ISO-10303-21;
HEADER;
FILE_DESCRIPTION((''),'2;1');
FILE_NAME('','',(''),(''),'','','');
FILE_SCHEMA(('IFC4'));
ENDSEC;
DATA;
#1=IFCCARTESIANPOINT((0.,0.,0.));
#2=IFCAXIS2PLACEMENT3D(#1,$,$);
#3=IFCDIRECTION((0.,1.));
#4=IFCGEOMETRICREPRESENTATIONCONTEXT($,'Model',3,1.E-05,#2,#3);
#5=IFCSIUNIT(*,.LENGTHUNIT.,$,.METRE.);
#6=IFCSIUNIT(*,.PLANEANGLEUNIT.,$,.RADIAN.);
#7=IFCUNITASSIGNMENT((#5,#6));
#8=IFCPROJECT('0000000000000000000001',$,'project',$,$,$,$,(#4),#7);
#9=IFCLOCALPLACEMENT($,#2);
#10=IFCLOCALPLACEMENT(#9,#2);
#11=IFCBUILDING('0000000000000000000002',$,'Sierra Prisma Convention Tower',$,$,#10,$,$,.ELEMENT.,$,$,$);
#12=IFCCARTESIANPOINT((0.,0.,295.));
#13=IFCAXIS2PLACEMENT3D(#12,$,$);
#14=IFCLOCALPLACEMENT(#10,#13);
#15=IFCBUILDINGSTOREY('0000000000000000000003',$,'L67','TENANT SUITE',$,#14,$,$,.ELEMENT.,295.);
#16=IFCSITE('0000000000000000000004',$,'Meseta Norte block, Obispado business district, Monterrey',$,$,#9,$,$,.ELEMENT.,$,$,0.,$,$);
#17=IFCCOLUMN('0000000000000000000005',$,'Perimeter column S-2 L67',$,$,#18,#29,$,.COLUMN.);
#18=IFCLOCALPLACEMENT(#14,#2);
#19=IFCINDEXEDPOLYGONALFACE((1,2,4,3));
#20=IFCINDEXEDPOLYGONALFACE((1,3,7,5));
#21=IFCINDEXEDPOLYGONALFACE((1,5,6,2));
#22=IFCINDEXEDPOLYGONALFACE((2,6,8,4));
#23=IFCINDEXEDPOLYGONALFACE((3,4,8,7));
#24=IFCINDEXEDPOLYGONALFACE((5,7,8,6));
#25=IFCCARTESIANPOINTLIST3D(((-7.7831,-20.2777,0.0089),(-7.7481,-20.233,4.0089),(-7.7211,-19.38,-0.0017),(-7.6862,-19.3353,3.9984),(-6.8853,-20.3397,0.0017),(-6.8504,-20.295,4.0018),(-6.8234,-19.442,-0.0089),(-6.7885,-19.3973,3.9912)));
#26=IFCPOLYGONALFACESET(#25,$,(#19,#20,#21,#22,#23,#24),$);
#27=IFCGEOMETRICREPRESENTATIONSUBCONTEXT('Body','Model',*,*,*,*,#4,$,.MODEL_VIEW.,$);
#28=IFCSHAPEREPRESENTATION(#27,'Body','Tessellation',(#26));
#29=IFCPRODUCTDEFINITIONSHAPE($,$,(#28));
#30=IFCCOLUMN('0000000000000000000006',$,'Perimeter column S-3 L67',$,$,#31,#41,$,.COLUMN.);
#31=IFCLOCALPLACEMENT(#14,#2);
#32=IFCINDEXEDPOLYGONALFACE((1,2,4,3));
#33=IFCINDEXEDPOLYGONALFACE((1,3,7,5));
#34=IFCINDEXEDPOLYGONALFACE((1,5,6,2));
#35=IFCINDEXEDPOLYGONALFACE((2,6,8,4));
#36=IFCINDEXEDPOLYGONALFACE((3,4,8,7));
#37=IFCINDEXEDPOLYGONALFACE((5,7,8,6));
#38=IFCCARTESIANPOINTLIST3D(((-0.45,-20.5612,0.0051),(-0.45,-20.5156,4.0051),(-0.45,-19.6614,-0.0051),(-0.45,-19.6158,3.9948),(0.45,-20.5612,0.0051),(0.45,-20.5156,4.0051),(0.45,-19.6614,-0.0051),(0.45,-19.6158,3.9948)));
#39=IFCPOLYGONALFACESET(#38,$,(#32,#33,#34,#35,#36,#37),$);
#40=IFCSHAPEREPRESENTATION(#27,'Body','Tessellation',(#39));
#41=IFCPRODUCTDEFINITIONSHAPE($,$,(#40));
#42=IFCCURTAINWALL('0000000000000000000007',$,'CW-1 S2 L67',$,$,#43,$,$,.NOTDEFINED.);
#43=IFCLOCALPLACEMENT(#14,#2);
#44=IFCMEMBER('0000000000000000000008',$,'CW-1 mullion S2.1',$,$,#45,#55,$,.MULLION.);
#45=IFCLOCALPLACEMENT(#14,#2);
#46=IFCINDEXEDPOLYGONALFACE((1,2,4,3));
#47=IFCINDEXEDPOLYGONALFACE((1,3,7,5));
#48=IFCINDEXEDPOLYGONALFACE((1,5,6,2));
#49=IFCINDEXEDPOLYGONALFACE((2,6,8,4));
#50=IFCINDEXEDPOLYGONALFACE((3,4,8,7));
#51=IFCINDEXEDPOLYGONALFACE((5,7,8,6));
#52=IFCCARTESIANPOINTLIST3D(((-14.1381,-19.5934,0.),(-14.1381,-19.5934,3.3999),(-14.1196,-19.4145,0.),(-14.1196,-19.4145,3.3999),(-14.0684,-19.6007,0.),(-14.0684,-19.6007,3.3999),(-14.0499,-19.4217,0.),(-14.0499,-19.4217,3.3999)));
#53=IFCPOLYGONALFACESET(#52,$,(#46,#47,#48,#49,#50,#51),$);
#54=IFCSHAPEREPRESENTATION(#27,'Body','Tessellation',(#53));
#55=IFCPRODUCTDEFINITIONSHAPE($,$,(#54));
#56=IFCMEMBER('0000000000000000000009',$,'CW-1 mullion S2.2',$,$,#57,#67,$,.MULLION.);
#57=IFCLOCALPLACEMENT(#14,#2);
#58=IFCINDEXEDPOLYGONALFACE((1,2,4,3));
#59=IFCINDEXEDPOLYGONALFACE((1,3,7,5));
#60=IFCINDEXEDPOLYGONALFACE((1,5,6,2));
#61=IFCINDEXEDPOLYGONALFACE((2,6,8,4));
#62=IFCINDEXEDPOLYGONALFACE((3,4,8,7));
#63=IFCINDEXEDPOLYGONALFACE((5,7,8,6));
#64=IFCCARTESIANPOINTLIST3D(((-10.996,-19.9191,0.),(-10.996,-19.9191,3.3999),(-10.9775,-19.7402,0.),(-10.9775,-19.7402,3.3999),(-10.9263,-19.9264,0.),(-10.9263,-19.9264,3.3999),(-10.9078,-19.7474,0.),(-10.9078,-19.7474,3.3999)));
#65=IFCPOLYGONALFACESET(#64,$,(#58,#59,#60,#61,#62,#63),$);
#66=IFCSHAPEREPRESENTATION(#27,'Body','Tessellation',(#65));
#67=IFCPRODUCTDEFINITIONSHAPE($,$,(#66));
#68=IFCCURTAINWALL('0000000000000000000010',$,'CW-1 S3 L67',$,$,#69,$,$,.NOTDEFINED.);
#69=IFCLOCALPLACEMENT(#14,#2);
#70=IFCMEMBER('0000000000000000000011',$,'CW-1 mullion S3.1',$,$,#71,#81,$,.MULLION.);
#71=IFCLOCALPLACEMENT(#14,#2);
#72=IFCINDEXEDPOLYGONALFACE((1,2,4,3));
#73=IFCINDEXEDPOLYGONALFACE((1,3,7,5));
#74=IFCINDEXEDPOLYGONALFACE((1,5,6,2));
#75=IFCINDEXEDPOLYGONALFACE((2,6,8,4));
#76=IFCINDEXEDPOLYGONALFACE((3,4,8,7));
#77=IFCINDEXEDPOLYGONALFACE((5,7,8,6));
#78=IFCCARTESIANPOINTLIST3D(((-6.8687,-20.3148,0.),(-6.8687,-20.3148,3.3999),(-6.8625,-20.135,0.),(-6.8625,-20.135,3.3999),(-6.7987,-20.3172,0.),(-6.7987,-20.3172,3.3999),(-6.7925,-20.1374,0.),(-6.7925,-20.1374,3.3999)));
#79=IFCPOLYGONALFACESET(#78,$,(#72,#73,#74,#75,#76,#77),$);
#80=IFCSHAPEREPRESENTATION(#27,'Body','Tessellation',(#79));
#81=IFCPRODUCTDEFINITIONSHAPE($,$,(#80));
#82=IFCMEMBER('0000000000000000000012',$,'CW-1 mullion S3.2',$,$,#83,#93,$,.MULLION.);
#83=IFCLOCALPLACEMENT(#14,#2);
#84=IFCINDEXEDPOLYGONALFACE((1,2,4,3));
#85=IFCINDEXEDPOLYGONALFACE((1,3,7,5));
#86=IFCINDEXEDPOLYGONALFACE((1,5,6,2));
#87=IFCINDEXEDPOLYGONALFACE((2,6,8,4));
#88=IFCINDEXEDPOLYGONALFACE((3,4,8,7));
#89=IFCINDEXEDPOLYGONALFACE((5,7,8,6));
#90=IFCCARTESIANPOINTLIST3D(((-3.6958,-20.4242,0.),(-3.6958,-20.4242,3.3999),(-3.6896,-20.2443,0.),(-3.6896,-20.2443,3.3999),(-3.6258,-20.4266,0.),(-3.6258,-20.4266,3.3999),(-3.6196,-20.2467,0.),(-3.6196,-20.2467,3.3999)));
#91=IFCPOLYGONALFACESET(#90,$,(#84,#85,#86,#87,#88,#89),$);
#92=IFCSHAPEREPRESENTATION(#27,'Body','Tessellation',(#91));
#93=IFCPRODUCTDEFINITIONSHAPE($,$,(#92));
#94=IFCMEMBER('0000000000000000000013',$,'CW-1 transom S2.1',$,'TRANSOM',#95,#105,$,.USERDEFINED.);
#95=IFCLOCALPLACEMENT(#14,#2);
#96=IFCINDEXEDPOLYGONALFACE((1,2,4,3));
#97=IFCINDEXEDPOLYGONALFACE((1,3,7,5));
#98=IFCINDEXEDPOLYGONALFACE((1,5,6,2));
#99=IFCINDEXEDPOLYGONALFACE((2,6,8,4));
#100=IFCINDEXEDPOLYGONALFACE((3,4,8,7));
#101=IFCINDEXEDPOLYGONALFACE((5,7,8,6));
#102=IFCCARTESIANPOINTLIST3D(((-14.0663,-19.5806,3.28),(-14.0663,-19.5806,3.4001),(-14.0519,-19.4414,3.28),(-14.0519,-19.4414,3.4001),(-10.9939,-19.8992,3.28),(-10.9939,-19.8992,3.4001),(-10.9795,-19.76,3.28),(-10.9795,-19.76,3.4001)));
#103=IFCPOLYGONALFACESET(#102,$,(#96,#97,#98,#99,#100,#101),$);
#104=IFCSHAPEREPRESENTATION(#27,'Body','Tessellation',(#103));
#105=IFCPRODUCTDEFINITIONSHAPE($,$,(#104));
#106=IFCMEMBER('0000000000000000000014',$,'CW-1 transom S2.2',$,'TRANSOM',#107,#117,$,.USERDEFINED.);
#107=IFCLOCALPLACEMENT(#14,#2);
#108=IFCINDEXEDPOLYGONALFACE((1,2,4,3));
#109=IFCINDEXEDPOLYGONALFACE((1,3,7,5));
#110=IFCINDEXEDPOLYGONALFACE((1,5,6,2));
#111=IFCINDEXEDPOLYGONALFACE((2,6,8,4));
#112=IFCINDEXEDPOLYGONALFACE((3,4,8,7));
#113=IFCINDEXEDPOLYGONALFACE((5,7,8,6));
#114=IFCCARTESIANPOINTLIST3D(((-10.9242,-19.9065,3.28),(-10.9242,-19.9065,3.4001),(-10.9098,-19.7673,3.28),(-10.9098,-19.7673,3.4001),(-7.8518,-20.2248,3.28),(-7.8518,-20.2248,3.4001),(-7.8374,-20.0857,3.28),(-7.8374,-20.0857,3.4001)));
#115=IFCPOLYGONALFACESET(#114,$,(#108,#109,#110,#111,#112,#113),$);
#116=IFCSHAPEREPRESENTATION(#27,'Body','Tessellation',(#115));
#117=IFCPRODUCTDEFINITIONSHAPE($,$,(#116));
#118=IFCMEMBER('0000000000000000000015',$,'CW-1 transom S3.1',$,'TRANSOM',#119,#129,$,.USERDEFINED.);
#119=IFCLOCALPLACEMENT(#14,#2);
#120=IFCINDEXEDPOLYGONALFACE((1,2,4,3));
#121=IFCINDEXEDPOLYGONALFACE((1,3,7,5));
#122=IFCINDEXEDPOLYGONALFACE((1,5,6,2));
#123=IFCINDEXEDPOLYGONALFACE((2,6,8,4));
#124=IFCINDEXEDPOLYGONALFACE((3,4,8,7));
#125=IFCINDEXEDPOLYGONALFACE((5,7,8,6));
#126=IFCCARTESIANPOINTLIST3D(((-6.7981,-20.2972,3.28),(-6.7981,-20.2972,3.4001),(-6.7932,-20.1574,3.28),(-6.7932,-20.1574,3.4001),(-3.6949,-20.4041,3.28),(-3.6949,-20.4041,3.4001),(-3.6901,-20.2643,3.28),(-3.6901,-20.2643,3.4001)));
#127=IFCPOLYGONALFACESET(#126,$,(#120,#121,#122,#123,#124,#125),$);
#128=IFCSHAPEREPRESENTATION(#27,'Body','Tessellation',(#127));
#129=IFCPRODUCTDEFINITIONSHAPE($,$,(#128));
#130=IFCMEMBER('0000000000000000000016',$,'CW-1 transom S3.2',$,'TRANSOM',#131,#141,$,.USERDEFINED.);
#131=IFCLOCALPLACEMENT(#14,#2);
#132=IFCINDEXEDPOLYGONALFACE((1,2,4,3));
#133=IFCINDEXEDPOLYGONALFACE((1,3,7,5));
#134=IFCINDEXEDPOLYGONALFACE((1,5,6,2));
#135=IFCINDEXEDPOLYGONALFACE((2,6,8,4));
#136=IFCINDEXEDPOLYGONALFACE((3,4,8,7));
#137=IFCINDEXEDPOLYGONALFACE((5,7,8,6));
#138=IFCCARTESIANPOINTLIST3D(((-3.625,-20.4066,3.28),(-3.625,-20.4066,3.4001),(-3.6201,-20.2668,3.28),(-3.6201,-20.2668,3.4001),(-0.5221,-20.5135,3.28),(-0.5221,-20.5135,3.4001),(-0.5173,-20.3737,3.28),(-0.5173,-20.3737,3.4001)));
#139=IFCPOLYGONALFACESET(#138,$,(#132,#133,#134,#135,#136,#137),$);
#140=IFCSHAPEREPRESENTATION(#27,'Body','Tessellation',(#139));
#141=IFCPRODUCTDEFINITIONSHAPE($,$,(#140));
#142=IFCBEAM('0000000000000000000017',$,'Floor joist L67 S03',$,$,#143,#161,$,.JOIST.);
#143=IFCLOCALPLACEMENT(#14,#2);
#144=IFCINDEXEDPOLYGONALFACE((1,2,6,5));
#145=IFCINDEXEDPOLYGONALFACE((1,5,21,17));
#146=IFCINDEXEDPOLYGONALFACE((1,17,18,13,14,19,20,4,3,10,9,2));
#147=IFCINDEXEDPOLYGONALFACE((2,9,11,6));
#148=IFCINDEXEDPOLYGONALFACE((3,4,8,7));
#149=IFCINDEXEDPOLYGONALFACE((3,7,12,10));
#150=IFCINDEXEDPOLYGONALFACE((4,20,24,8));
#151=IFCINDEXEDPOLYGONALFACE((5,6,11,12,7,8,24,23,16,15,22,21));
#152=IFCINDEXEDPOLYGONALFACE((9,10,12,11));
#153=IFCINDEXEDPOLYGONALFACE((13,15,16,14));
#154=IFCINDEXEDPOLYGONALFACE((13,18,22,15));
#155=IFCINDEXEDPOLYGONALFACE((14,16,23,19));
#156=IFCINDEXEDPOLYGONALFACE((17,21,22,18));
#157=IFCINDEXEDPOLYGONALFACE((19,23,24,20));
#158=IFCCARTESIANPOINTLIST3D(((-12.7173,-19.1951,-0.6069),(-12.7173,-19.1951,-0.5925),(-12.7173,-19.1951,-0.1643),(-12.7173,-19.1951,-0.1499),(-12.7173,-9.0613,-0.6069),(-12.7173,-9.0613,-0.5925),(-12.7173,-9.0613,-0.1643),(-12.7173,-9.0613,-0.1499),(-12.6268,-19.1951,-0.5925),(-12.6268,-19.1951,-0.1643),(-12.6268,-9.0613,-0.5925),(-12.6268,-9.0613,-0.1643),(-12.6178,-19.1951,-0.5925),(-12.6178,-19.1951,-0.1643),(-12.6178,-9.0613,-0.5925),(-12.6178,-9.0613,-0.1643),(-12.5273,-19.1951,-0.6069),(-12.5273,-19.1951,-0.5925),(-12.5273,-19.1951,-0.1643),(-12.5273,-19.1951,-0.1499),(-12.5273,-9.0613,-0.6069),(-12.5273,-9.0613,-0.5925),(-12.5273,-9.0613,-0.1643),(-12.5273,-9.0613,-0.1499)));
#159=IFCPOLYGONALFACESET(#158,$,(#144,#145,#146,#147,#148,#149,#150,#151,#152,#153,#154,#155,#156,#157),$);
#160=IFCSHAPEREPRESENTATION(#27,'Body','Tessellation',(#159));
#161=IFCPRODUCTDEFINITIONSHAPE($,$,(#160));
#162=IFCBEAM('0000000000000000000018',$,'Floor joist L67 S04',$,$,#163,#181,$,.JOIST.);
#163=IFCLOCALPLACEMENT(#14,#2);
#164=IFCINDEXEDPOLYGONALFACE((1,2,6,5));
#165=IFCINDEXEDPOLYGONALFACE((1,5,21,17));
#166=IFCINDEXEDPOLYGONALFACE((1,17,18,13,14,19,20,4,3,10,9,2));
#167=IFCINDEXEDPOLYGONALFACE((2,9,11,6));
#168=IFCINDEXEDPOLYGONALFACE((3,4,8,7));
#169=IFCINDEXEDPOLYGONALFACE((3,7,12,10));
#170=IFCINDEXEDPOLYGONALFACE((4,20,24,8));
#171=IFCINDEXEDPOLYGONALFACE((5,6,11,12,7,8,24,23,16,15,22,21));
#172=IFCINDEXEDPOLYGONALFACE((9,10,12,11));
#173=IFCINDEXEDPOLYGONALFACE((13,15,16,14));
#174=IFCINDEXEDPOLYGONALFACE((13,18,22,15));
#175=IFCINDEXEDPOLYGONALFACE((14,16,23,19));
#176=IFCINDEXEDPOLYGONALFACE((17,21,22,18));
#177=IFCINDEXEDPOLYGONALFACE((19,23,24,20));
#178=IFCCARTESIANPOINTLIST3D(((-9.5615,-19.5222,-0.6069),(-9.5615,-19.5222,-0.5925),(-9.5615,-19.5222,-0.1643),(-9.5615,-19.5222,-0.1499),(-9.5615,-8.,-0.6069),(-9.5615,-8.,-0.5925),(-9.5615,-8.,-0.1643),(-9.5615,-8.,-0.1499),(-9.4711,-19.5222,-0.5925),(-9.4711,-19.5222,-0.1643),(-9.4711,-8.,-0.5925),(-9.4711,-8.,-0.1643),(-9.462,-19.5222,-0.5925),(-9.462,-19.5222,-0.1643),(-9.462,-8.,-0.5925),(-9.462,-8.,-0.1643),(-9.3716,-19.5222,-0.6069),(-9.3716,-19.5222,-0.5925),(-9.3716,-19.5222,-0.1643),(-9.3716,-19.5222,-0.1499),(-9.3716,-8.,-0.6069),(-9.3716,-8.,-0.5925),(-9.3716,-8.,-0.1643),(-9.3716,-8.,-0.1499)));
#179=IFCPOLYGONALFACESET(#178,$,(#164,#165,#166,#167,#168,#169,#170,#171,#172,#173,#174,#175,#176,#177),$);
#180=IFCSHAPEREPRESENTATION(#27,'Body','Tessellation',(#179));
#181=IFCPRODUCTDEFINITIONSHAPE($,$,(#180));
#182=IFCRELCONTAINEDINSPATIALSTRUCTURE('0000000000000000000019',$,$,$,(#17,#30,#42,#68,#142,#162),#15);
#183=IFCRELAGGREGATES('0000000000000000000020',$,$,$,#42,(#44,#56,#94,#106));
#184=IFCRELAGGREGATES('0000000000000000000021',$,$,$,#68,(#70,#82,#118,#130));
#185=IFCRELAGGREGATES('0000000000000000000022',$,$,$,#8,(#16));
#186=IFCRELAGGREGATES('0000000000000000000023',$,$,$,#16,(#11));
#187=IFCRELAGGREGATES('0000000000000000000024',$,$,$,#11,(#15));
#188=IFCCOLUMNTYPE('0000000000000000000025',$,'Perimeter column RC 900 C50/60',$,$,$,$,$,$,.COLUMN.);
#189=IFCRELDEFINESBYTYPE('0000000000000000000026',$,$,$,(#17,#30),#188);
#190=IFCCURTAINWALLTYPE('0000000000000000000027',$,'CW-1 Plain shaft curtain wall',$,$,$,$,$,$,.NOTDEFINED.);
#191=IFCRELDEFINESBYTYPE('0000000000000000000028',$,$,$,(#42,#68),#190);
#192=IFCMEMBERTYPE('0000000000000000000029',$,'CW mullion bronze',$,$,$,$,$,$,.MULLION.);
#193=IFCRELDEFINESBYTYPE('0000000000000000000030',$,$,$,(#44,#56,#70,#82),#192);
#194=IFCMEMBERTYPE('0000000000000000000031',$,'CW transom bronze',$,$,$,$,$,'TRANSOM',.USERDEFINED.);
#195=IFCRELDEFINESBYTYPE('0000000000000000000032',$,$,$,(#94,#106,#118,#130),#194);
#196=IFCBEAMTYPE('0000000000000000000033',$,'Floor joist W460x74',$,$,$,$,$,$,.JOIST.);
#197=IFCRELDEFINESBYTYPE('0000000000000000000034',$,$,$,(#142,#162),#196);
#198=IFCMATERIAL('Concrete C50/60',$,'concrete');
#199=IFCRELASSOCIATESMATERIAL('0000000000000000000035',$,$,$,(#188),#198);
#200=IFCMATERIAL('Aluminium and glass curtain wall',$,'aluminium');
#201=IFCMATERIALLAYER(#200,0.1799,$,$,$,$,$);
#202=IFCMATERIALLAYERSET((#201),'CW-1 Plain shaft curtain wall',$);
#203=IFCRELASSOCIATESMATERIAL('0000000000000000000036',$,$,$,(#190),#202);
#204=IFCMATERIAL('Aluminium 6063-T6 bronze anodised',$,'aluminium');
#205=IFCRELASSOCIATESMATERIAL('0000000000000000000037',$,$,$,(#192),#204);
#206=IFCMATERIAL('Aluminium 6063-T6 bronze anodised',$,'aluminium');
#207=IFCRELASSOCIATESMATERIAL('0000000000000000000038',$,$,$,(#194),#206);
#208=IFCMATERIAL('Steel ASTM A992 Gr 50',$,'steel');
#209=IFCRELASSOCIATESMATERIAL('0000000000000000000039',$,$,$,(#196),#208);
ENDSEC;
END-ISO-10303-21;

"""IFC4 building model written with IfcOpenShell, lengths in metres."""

from ifc_helpers import new_model, si_unit, direction, frame, origin, origin_2d, place, context, subcontext, project, spatial, rectangle, i_section, extrude, material, layer, layer_set, material_profile, profile_set, type_object, element, aggregate, save


model = new_model("IFC4")

# Units and contexts
model_context = context("Model", 3, precision=1e-05, world=origin(), true_north=direction((0.0, 1.0)))
body_context = subcontext(model_context, "Body", "Model", "MODEL_VIEW")
ifc_project = project(units=[si_unit("LENGTHUNIT", "METRE"), si_unit("PLANEANGLEUNIT", "RADIAN")], contexts=[model_context])

# Site, building, storey
site_placement = place(None, origin())
site = spatial("IfcSite", under=ifc_project, at=site_placement, Name="Meseta Norte block, Obispado business district, Monterrey", CompositionType="ELEMENT", RefElevation=0.0)
building_placement = place(site_placement, origin())
building = spatial("IfcBuilding", under=site, at=building_placement, Name="Sierra Prisma Convention Tower", CompositionType="ELEMENT")
storey_placement = place(building_placement, frame((0.0, 0.0, 295.0)))
storey = spatial("IfcBuildingStorey", under=building, at=storey_placement, Name="L67", Description="TENANT SUITE", CompositionType="ELEMENT", Elevation=295.0)

# Columns
ifc_material_1 = material(Name="Concrete C50/60", Category="concrete")
ifc_material_profile_1 = material_profile(ifc_material_1, rectangle(XDim=0.8999, YDim=0.8999, at=origin_2d()), Name="Perimeter column RC 900 C50/60")
ifc_profile_set_1 = profile_set([ifc_material_profile_1], Name="Concrete C50/60")
column_type = type_object("IfcColumnType", Name="Perimeter column RC 900 C50/60", PredefinedType="COLUMN", material=ifc_profile_set_1)
column_1_placement = place(storey_placement, frame((-7.3032, -19.8599, 0.0), z_axis=(0.008727, 0.011168, 0.9999), x_axis=(-0.997591, 0.068909, 0.007937)))
element("IfcColumn", 1, at=column_1_placement, inside=storey, type_object=column_type, Name="Perimeter column S-2 L67", PredefinedType="COLUMN", context=body_context, shape_type="SweptSolid", body=[
    extrude(rectangle(XDim=0.8999, YDim=0.8999, at=origin_2d()), origin(), (0.0, 0.0, 1.0), 4.0005),
])
column_2_placement = place(storey_placement, frame((0.0, -20.1113, 0.0), z_axis=(0.0, 0.011413, 0.999935), x_axis=(1.0, 0.0, 0.0)))
element("IfcColumn", 2, at=column_2_placement, inside=storey, type_object=column_type, Name="Perimeter column S-3 L67", PredefinedType="COLUMN", context=body_context, shape_type="SweptSolid", body=[
    extrude(rectangle(XDim=0.8999, YDim=0.8999, at=origin_2d()), origin(), (0.0, 0.0, 1.0), 4.0002),
])

# Curtain walls, members
ifc_material_2 = material(Name="Aluminium and glass curtain wall", Category="aluminium")
ifc_layer_1 = layer(ifc_material_2, 0.1799)
ifc_layer_set_1 = layer_set([ifc_layer_1], Name="CW-1 Plain shaft curtain wall")
curtain_wall_type = type_object("IfcCurtainWallType", Name="CW-1 Plain shaft curtain wall", PredefinedType="NOTDEFINED", material=ifc_layer_set_1)
curtain_wall_1_placement = place(storey_placement, origin())
curtain_wall_1 = element("IfcCurtainWall", 3, at=curtain_wall_1_placement, inside=storey, type_object=curtain_wall_type, Name="CW-1 S2 L67", PredefinedType="NOTDEFINED")
ifc_material_3 = material(Name="Aluminium 6063-T6 bronze anodised", Category="aluminium")
ifc_material_profile_2 = material_profile(ifc_material_3, rectangle(XDim=0.1799, YDim=0.0701, at=origin_2d()), Name="ALU MULLION 70x180")
ifc_profile_set_2 = profile_set([ifc_material_profile_2], Name="Aluminium 6063-T6 bronze anodised")
member_type_1 = type_object("IfcMemberType", Name="CW mullion bronze", PredefinedType="MULLION", material=ifc_profile_set_2)
member_1_placement = place(storey_placement, frame((-14.094, -19.5076, 0.0), z_axis=(0.0, 0.0, 1.0), x_axis=(0.103122, 0.994669, 0.0)))
member_1 = element("IfcMember", 4, at=member_1_placement, type_object=member_type_1, Name="CW-1 mullion S2.1", PredefinedType="MULLION", context=body_context, shape_type="SweptSolid", body=[
    extrude(rectangle(XDim=0.1799, YDim=0.0701, at=origin_2d()), origin(), (0.0, 0.0, 1.0), 3.3999),
])
member_2_placement = place(storey_placement, frame((-10.9519, -19.8333, 0.0), z_axis=(0.0, 0.0, 1.0), x_axis=(0.103122, 0.994669, 0.0)))
member_2 = element("IfcMember", 5, at=member_2_placement, type_object=member_type_1, Name="CW-1 mullion S2.2", PredefinedType="MULLION", context=body_context, shape_type="SweptSolid", body=[
    extrude(rectangle(XDim=0.1799, YDim=0.0701, at=origin_2d()), origin(), (0.0, 0.0, 1.0), 3.3999),
])
curtain_wall_2_placement = place(storey_placement, origin())
curtain_wall_2 = element("IfcCurtainWall", 6, at=curtain_wall_2_placement, inside=storey, type_object=curtain_wall_type, Name="CW-1 S3 L67", PredefinedType="NOTDEFINED")
member_3_placement = place(storey_placement, frame((-6.8306, -20.2261, 0.0), z_axis=(0.0, 0.0, 1.0), x_axis=(0.034428, 0.999407, 0.0)))
member_3 = element("IfcMember", 7, at=member_3_placement, type_object=member_type_1, Name="CW-1 mullion S3.1", PredefinedType="MULLION", context=body_context, shape_type="SweptSolid", body=[
    extrude(rectangle(XDim=0.1799, YDim=0.0701, at=origin_2d()), origin(), (0.0, 0.0, 1.0), 3.3999),
])
member_4_placement = place(storey_placement, frame((-3.6577, -20.3354, 0.0), z_axis=(0.0, 0.0, 1.0), x_axis=(0.034428, 0.999407, 0.0)))
member_4 = element("IfcMember", 8, at=member_4_placement, type_object=member_type_1, Name="CW-1 mullion S3.2", PredefinedType="MULLION", context=body_context, shape_type="SweptSolid", body=[
    extrude(rectangle(XDim=0.1799, YDim=0.0701, at=origin_2d()), origin(), (0.0, 0.0, 1.0), 3.3999),
])

# Members
ifc_material_4 = material(Name="Aluminium 6063-T6 bronze anodised", Category="aluminium")
ifc_material_profile_3 = material_profile(ifc_material_4, rectangle(XDim=0.1399, YDim=0.1201, at=origin_2d()), Name="ALU TRANSOM 120x140")
ifc_profile_set_3 = profile_set([ifc_material_profile_3], Name="Aluminium 6063-T6 bronze anodised")
member_type_2 = type_object("IfcMemberType", Name="CW transom bronze", ElementType="TRANSOM", PredefinedType="USERDEFINED", material=ifc_profile_set_3)
member_5_placement = place(storey_placement, frame((-14.0591, -19.511, 3.3401), z_axis=(0.994667, -0.103142, 0.0), x_axis=(0.103142, 0.994667, 0.0)))
member_5 = element("IfcMember", 9, at=member_5_placement, type_object=member_type_2, Name="CW-1 transom S2.1", ObjectType="TRANSOM", PredefinedType="USERDEFINED", context=body_context, shape_type="SweptSolid", body=[
    extrude(rectangle(XDim=0.1399, YDim=0.1201, at=origin_2d()), origin(), (0.0, 0.0, 1.0), 3.0889),
])
member_6_placement = place(storey_placement, frame((-10.917, -19.8369, 3.3401), z_axis=(0.994675, -0.103064, 0.0), x_axis=(0.103064, 0.994675, 0.0)))
member_6 = element("IfcMember", 10, at=member_6_placement, type_object=member_type_2, Name="CW-1 transom S2.2", ObjectType="TRANSOM", PredefinedType="USERDEFINED", context=body_context, shape_type="SweptSolid", body=[
    extrude(rectangle(XDim=0.1399, YDim=0.1201, at=origin_2d()), origin(), (0.0, 0.0, 1.0), 3.0889),
])
member_7_placement = place(storey_placement, frame((-6.7957, -20.2273, 3.3401), z_axis=(0.999407, -0.034441, 0.0), x_axis=(0.034441, 0.999407, 0.0)))
member_7 = element("IfcMember", 11, at=member_7_placement, type_object=member_type_2, Name="CW-1 transom S3.1", ObjectType="TRANSOM", PredefinedType="USERDEFINED", context=body_context, shape_type="SweptSolid", body=[
    extrude(rectangle(XDim=0.1399, YDim=0.1201, at=origin_2d()), origin(), (0.0, 0.0, 1.0), 3.105),
])
member_8_placement = place(storey_placement, frame((-3.6226, -20.3367, 3.3401), z_axis=(0.999407, -0.034443, 0.0), x_axis=(0.034443, 0.999407, 0.0)))
member_8 = element("IfcMember", 12, at=member_8_placement, type_object=member_type_2, Name="CW-1 transom S3.2", ObjectType="TRANSOM", PredefinedType="USERDEFINED", context=body_context, shape_type="SweptSolid", body=[
    extrude(rectangle(XDim=0.1399, YDim=0.1201, at=origin_2d()), origin(), (0.0, 0.0, 1.0), 3.1047),
])

# Beams
ifc_material_5 = material(Name="Steel ASTM A992 Gr 50", Category="steel")
ifc_material_profile_4 = material_profile(ifc_material_5, i_section(OverallWidth=0.1899, OverallDepth=0.457, WebThickness=0.009, FlangeThickness=0.0144, at=origin_2d()), Name="W460x74")
ifc_profile_set_4 = profile_set([ifc_material_profile_4], Name="Steel ASTM A992 Gr 50")
beam_type_1 = type_object("IfcBeamType", Name="Floor joist W460x74", PredefinedType="JOIST", material=ifc_profile_set_4)
beam_1_placement = place(storey_placement, frame((-12.6223, -19.1951, -0.3784), z_axis=(0.0, 1.0, 0.0), x_axis=(-1.0, 0.0, 0.0)))
element("IfcBeam", 13, at=beam_1_placement, inside=storey, type_object=beam_type_1, Name="Floor joist L67 S03", PredefinedType="JOIST", context=body_context, shape_type="SweptSolid", body=[
    extrude(i_section(OverallWidth=0.1899, OverallDepth=0.457, WebThickness=0.009, FlangeThickness=0.0144, at=origin_2d()), origin(), (0.0, 0.0, 1.0), 10.1338),
])
beam_2_placement = place(storey_placement, frame((-9.4666, -19.5222, -0.3784), z_axis=(0.0, 1.0, 0.0), x_axis=(-1.0, 0.0, 0.0)))
element("IfcBeam", 14, at=beam_2_placement, inside=storey, type_object=beam_type_1, Name="Floor joist L67 S04", PredefinedType="JOIST", context=body_context, shape_type="SweptSolid", body=[
    extrude(i_section(OverallWidth=0.1899, OverallDepth=0.457, WebThickness=0.009, FlangeThickness=0.0144, at=origin_2d()), origin(), (0.0, 0.0, 1.0), 11.5222),
])

aggregate(curtain_wall_1, [member_1, member_2, member_5, member_6])
aggregate(curtain_wall_2, [member_3, member_4, member_7, member_8])

save(model, "model.ifc")
